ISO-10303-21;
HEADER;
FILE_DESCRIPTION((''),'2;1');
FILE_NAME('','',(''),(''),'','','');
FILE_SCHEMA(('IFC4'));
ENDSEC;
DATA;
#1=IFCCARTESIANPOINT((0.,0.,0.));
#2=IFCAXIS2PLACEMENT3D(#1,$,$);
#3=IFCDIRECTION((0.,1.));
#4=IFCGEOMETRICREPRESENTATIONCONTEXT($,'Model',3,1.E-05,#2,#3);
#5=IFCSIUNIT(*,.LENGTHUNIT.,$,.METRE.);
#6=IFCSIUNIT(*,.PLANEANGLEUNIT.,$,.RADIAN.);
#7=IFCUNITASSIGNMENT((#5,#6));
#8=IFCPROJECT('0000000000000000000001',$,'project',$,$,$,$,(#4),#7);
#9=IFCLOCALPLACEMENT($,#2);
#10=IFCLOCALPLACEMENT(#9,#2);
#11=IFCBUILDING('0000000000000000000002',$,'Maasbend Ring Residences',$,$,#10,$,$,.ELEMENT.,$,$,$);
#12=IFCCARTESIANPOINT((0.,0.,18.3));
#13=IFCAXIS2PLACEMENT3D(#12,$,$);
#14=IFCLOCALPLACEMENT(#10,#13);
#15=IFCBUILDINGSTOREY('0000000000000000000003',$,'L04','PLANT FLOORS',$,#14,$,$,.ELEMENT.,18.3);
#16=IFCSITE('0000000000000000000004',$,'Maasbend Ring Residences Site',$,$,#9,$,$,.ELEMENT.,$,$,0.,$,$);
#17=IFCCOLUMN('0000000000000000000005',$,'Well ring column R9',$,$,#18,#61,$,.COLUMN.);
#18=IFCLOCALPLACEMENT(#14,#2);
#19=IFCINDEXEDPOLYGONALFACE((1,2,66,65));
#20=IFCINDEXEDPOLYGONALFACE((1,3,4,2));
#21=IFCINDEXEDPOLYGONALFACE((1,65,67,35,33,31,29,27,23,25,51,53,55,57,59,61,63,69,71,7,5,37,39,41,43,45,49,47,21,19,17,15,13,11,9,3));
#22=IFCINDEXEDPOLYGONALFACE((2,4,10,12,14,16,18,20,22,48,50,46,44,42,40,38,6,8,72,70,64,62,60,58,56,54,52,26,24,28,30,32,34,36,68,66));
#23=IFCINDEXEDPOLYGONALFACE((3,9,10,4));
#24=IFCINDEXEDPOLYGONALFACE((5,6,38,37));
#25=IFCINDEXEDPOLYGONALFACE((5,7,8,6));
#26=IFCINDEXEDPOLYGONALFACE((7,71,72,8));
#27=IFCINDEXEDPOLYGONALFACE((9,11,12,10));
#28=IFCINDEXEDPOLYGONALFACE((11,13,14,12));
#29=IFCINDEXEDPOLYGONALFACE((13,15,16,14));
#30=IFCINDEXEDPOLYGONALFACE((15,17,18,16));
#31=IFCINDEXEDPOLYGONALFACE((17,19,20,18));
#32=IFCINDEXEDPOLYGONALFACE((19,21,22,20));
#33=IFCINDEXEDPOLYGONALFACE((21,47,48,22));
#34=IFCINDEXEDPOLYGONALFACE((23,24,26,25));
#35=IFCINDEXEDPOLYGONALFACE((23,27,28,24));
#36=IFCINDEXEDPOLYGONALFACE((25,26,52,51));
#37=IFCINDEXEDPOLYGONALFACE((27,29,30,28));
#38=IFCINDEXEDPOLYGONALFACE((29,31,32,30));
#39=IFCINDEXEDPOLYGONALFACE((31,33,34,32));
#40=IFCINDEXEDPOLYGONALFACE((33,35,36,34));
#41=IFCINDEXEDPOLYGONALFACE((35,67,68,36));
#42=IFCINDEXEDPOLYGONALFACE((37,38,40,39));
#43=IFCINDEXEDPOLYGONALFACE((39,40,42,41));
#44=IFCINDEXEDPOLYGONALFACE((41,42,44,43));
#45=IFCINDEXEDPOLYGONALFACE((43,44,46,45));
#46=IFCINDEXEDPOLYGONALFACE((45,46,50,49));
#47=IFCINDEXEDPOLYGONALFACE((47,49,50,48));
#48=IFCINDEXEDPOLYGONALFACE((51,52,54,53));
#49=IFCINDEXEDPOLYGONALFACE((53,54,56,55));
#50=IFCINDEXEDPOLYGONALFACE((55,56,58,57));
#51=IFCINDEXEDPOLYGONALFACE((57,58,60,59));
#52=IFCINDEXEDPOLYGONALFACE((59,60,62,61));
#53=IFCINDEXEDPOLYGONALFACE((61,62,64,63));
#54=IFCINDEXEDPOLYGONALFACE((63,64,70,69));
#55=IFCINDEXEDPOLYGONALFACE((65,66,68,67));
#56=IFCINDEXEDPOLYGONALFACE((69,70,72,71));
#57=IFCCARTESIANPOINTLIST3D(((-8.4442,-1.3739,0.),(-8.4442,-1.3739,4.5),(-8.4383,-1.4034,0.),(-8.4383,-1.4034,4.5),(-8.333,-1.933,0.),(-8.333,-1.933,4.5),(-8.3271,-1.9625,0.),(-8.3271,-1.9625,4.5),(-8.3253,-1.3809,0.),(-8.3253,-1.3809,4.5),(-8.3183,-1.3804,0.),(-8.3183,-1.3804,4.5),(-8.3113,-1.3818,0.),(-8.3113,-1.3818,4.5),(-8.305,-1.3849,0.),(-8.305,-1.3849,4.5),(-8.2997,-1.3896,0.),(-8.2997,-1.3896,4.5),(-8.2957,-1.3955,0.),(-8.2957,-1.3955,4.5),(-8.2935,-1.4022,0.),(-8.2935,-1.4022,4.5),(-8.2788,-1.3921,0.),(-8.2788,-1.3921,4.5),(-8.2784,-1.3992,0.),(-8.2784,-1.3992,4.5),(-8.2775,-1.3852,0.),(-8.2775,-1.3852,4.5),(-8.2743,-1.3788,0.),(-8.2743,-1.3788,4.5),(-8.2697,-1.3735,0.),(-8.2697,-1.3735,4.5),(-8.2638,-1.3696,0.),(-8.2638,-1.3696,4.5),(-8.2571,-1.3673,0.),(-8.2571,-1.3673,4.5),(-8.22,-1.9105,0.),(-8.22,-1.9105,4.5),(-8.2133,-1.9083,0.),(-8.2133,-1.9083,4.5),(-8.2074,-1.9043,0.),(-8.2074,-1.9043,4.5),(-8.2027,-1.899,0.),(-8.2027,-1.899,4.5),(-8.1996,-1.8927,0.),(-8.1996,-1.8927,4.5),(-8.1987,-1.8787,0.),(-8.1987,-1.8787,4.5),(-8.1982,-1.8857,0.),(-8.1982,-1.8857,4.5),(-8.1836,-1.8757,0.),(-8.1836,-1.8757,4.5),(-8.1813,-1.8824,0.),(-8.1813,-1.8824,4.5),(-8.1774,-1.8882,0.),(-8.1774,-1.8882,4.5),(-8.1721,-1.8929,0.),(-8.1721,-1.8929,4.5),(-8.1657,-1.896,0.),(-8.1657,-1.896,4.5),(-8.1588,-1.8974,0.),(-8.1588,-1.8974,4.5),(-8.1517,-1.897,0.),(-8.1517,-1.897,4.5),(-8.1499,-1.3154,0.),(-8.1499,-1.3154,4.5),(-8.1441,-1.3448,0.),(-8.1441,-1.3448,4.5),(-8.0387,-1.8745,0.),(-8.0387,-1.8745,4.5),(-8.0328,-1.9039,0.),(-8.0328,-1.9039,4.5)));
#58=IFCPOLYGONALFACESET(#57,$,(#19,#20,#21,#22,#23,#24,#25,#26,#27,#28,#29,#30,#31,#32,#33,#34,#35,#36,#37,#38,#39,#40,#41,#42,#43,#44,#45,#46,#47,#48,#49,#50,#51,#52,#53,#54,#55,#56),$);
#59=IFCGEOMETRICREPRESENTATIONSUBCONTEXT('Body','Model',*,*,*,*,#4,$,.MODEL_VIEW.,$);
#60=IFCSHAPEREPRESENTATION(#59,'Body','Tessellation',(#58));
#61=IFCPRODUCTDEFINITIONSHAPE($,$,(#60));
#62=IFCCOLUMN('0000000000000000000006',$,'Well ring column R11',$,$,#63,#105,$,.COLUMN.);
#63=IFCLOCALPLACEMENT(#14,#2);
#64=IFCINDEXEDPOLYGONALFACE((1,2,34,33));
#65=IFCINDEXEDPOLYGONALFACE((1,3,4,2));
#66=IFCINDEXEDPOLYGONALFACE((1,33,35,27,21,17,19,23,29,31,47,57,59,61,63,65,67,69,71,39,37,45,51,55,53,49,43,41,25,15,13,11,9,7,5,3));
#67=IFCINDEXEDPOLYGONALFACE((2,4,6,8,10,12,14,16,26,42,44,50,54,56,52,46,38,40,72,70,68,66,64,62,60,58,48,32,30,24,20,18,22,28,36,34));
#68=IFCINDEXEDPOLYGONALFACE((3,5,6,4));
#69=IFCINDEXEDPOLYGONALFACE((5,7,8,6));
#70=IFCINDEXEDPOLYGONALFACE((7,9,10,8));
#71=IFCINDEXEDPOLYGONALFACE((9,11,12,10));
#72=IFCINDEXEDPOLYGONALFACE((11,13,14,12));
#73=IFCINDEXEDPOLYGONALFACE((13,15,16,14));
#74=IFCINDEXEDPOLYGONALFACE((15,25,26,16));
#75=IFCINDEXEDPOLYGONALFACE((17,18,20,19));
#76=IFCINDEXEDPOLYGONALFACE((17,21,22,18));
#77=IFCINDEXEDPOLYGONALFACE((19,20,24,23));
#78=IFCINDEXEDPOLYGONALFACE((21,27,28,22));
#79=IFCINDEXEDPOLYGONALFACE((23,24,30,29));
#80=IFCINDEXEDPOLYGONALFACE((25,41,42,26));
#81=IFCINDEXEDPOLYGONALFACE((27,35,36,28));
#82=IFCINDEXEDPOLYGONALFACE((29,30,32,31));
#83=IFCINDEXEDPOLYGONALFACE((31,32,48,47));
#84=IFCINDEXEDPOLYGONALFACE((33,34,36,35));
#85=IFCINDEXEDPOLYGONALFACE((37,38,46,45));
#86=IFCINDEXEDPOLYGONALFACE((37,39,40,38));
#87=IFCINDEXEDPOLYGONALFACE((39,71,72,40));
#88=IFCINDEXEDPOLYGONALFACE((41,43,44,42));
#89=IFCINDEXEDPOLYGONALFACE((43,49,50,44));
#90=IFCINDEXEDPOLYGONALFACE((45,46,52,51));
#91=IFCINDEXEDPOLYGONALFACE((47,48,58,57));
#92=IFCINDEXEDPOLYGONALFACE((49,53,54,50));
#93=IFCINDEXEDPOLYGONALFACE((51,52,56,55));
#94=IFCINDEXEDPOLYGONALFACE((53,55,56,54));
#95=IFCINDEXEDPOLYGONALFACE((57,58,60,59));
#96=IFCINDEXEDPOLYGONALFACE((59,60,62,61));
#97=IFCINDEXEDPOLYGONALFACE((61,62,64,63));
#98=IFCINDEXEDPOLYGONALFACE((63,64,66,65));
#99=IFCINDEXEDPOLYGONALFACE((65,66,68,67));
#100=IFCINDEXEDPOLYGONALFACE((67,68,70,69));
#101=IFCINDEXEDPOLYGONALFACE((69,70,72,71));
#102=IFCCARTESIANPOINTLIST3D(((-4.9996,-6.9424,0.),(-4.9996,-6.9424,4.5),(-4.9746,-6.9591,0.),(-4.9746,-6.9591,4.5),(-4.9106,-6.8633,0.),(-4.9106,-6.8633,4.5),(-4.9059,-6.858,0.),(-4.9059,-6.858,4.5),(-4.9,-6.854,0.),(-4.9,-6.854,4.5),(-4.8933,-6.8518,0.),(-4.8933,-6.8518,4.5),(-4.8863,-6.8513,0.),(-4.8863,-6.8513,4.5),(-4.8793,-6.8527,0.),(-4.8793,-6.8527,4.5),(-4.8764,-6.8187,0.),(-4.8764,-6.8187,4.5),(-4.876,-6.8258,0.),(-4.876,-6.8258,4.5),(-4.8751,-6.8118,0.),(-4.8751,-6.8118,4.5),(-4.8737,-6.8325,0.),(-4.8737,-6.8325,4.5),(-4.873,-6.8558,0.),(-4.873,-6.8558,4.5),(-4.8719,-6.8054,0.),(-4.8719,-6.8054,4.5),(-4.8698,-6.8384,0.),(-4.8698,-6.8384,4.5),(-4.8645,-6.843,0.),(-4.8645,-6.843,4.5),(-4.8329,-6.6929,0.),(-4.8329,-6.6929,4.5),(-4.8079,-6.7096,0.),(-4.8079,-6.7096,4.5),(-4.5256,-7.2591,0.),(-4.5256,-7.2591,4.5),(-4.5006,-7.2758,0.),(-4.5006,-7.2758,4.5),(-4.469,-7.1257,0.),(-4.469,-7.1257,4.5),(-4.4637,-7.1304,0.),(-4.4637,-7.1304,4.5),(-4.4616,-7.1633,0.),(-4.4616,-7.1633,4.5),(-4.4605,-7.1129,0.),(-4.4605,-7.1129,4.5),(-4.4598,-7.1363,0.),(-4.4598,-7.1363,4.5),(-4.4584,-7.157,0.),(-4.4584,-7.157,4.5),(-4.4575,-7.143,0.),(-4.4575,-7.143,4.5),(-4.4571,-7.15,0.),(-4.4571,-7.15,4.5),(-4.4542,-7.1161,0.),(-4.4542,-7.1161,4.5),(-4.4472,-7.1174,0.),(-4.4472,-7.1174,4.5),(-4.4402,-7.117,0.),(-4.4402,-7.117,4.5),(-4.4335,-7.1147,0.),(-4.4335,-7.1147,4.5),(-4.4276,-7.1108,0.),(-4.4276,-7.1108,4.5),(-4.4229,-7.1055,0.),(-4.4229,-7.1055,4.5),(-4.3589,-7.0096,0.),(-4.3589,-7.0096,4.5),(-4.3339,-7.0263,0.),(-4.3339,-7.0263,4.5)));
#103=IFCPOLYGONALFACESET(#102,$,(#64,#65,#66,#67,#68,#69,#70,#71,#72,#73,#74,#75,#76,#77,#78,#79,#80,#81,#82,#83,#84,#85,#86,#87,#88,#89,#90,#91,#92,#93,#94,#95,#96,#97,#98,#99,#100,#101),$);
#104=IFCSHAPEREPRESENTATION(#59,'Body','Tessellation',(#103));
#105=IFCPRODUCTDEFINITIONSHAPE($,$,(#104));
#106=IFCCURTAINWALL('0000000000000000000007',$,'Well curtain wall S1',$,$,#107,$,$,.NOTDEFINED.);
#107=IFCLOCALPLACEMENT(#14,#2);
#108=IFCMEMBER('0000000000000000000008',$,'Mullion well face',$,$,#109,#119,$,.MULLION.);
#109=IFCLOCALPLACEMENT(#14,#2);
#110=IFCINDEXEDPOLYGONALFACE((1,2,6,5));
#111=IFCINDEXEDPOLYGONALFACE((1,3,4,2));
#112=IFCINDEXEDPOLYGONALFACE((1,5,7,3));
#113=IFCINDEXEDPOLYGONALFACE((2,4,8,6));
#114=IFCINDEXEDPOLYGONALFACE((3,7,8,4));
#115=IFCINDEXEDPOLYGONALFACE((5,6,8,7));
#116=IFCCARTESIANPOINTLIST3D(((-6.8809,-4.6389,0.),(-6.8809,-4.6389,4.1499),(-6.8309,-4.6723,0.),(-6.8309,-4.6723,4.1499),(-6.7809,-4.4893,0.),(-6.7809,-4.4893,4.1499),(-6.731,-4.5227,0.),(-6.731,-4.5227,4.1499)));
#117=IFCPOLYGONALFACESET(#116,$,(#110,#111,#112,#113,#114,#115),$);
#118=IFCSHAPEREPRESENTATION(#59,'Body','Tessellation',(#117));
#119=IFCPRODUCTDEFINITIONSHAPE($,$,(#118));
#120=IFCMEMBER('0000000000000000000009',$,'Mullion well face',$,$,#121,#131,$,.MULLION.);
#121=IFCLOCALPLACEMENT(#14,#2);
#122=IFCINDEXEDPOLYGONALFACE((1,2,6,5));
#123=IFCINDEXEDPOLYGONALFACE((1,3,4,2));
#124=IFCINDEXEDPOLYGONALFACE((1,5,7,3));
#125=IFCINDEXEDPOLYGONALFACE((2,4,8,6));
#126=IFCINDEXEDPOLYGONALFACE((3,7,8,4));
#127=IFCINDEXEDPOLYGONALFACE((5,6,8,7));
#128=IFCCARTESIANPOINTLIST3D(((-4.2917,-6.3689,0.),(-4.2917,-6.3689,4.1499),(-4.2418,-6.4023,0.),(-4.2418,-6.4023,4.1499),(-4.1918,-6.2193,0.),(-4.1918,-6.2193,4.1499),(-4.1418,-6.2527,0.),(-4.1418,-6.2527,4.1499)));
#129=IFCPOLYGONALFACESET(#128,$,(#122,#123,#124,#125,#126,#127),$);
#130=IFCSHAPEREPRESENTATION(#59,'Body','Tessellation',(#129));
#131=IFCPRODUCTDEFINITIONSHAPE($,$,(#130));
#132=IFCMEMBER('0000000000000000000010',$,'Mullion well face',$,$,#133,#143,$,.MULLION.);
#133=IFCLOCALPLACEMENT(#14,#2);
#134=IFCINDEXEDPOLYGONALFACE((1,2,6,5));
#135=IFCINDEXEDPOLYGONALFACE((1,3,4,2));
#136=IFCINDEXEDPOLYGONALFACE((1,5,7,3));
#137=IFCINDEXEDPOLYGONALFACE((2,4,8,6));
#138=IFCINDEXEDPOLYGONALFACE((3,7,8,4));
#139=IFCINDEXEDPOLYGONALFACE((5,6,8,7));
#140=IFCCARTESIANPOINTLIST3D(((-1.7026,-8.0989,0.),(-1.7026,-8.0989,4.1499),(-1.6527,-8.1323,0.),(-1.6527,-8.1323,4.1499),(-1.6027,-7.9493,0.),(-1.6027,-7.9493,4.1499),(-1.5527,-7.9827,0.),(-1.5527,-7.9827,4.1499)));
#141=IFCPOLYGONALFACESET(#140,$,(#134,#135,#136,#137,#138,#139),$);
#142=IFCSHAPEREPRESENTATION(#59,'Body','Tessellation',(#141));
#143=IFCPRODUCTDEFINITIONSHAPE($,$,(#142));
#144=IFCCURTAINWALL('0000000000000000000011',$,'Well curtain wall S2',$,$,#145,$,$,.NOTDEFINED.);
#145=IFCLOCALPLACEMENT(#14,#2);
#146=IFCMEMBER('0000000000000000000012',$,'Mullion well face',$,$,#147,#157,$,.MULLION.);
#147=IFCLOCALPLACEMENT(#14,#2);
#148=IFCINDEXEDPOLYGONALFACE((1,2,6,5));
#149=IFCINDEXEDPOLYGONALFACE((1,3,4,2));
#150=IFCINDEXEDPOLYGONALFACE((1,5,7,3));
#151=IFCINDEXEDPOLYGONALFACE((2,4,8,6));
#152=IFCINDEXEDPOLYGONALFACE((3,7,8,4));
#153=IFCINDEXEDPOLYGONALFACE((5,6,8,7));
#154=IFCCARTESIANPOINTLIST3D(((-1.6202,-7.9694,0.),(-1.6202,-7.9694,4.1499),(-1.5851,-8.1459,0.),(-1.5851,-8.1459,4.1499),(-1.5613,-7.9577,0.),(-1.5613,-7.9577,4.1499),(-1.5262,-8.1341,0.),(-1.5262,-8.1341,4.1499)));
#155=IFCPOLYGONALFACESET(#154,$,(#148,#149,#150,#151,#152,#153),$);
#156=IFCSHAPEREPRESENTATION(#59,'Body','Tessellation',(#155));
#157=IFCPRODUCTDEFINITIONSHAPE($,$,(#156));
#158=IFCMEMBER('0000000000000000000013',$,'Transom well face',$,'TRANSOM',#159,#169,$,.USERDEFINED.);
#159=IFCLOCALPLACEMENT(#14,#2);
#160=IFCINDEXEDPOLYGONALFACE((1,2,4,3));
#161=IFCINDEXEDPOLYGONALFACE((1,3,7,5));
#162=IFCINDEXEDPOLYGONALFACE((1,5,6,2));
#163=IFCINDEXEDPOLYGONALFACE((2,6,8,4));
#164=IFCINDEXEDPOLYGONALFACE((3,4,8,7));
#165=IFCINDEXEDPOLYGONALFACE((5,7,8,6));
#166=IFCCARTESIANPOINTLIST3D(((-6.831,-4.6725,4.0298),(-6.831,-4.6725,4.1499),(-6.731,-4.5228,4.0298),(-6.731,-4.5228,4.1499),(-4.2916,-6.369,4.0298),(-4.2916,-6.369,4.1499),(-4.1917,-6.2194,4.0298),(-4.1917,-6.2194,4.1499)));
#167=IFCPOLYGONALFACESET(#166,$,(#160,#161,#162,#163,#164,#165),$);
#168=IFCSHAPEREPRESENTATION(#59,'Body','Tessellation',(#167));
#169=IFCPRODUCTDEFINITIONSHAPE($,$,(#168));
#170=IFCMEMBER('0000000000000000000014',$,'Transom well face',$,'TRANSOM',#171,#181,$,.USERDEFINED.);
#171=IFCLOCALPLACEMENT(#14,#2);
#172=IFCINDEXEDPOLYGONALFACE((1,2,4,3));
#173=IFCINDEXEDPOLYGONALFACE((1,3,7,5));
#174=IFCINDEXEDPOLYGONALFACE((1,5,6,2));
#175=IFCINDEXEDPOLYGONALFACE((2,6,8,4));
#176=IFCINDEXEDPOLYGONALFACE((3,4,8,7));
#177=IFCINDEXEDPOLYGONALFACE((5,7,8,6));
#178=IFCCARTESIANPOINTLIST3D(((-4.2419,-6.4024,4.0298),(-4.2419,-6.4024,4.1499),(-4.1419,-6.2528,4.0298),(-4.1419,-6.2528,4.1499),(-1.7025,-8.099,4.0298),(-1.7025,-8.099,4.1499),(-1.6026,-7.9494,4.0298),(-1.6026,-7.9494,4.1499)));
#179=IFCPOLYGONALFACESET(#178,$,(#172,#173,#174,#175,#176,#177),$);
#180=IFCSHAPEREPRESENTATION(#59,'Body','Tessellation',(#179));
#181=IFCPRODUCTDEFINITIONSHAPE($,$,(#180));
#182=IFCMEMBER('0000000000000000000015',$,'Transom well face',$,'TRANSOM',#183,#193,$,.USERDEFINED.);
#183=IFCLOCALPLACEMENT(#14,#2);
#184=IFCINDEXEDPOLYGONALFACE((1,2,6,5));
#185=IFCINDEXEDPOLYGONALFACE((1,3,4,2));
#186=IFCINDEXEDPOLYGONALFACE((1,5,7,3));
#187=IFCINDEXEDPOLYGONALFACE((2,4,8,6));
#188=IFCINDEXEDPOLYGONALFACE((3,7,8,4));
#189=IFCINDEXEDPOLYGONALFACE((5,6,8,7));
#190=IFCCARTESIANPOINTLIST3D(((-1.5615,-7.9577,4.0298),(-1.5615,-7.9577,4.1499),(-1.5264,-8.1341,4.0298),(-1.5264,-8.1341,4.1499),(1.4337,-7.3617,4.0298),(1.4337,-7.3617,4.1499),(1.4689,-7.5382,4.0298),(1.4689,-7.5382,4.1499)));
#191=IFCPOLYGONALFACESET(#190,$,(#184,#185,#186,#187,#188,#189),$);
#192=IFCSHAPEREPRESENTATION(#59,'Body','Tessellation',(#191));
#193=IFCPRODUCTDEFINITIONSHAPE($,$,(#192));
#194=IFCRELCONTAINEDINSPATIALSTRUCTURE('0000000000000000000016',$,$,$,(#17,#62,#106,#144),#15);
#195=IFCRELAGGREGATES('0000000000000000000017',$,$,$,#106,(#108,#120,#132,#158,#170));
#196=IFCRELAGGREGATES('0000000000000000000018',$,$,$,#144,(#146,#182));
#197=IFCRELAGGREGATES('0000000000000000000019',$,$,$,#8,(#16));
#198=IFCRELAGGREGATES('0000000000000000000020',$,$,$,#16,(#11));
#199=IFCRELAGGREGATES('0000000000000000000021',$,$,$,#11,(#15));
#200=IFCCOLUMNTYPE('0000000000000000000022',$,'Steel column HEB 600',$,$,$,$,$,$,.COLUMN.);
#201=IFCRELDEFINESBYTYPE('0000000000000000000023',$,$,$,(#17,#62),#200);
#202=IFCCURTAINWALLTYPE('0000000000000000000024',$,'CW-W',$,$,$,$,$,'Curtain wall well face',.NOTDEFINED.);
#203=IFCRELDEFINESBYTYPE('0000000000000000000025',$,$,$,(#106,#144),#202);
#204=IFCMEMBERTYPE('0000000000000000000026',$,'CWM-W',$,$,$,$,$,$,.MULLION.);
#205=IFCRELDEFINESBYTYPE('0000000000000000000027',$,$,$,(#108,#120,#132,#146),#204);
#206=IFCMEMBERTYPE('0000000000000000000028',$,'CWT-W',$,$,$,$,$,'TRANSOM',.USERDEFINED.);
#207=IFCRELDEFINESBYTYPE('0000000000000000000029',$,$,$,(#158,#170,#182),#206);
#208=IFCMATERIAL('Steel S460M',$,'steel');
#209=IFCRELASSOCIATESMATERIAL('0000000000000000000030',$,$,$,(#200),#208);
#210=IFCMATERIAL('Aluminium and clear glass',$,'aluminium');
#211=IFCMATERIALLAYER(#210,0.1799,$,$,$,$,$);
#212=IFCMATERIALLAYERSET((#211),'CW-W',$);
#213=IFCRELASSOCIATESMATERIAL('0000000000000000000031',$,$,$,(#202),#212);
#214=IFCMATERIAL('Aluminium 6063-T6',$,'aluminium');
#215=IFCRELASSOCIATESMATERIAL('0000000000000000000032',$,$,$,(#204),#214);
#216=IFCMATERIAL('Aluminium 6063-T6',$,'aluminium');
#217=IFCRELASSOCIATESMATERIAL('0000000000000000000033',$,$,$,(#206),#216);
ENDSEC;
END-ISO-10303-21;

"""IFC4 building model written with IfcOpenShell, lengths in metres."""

from ifc_helpers import new_model, si_unit, direction, frame, origin, origin_2d, place, context, subcontext, project, spatial, rectangle, i_section, extrude, material, layer, layer_set, material_profile, profile_set, type_object, element, aggregate, save


model = new_model("IFC4")

# Units and contexts
model_context = context("Model", 3, precision=1e-05, world=origin(), true_north=direction((0.0, 1.0)))
body_context = subcontext(model_context, "Body", "Model", "MODEL_VIEW")
ifc_project = project(units=[si_unit("LENGTHUNIT", "METRE"), si_unit("PLANEANGLEUNIT", "RADIAN")], contexts=[model_context])

# Site, building, storey
site_placement = place(None, origin())
site = spatial("IfcSite", under=ifc_project, at=site_placement, Name="Maasbend Ring Residences Site", CompositionType="ELEMENT", RefElevation=0.0)
building_placement = place(site_placement, origin())
building = spatial("IfcBuilding", under=site, at=building_placement, Name="Maasbend Ring Residences", CompositionType="ELEMENT")
storey_placement = place(building_placement, frame((0.0, 0.0, 18.3)))
storey = spatial("IfcBuildingStorey", under=building, at=storey_placement, Name="L04", Description="PLANT FLOORS", CompositionType="ELEMENT", Elevation=18.3)

# Columns
ifc_material_1 = material(Name="Steel S460M", Category="steel")
ifc_material_profile_1 = material_profile(ifc_material_1, i_section(OverallWidth=0.3, OverallDepth=0.6001, WebThickness=0.0154, FlangeThickness=0.03, FilletRadius=0.0271, at=origin_2d()), Name="HEB 600")
ifc_profile_set_1 = profile_set([ifc_material_profile_1], Name="Steel S460M")
column_type = type_object("IfcColumnType", Name="Steel column HEB 600", PredefinedType="COLUMN", material=ifc_profile_set_1)
for number, where, z_axis, x_axis, name in (
    (1, (-8.2385, -1.6389, 0.0), (0.0, 0.0, 1.0), (-0.980785, -0.19509, 0.0), "Well ring column R9"),
    (2, (-4.6667, -6.9844, 0.0), (0.0, 0.0, 1.0), (-0.55557, -0.83147, 0.0), "Well ring column R11"),
):
    element("IfcColumn", number, at=place(storey_placement, frame(where, z_axis=z_axis, x_axis=x_axis)), inside=storey, type_object=column_type, Name=name, PredefinedType="COLUMN", context=body_context, shape_type="SweptSolid", body=[
        extrude(i_section(OverallWidth=0.3, OverallDepth=0.6001, WebThickness=0.0154, FlangeThickness=0.03, FilletRadius=0.0271, at=origin_2d()), origin(), (0.0, 0.0, 1.0), 4.5),
    ])

# Curtain wall, members
ifc_material_2 = material(Name="Aluminium and clear glass", Category="aluminium")
ifc_layer_1 = layer(ifc_material_2, 0.1799)
ifc_layer_set_1 = layer_set([ifc_layer_1], Name="CW-W")
curtain_wall_type = type_object("IfcCurtainWallType", Name="CW-W", ElementType="Curtain wall well face", PredefinedType="NOTDEFINED", material=ifc_layer_set_1)
curtain_wall_1_placement = place(storey_placement, origin())
curtain_wall_1 = element("IfcCurtainWall", 3, at=curtain_wall_1_placement, inside=storey, type_object=curtain_wall_type, Name="Well curtain wall S1", PredefinedType="NOTDEFINED")
ifc_material_3 = material(Name="Aluminium 6063-T6", Category="aluminium")
ifc_material_profile_2 = material_profile(ifc_material_3, rectangle(XDim=0.1799, YDim=0.0601, at=origin_2d()), Name="AL 180x60")
ifc_profile_set_2 = profile_set([ifc_material_profile_2], Name="Aluminium 6063-T6")
member_type_1 = type_object("IfcMemberType", Name="CWM-W", PredefinedType="MULLION", material=ifc_profile_set_2)
member_1_placement = place(storey_placement, frame((-6.8059, -4.5808, 0.0), z_axis=(0.0, 0.0, 1.0), x_axis=(0.55557, 0.83147, 0.0)))
member_1 = element("IfcMember", 4, at=member_1_placement, type_object=member_type_1, Name="Mullion well face", PredefinedType="MULLION", context=body_context, shape_type="SweptSolid", body=[
    extrude(rectangle(XDim=0.1799, YDim=0.0601, at=origin_2d()), origin(), (0.0, 0.0, 1.0), 4.1499),
])
member_2_placement = place(storey_placement, frame((-4.2168, -6.3108, 0.0), z_axis=(0.0, 0.0, 1.0), x_axis=(0.55557, 0.83147, 0.0)))
member_2 = element("IfcMember", 5, at=member_2_placement, type_object=member_type_1, Name="Mullion well face", PredefinedType="MULLION", context=body_context, shape_type="SweptSolid", body=[
    extrude(rectangle(XDim=0.1799, YDim=0.0601, at=origin_2d()), origin(), (0.0, 0.0, 1.0), 4.1499),
])
member_3_placement = place(storey_placement, frame((-1.6277, -8.0408, 0.0), z_axis=(0.0, 0.0, 1.0), x_axis=(0.55557, 0.83147, 0.0)))
member_3 = element("IfcMember", 6, at=member_3_placement, type_object=member_type_1, Name="Mullion well face", PredefinedType="MULLION", context=body_context, shape_type="SweptSolid", body=[
    extrude(rectangle(XDim=0.1799, YDim=0.0601, at=origin_2d()), origin(), (0.0, 0.0, 1.0), 4.1499),
])

# Curtain wall, member
curtain_wall_2_placement = place(storey_placement, origin())
curtain_wall_2 = element("IfcCurtainWall", 7, at=curtain_wall_2_placement, inside=storey, type_object=curtain_wall_type, Name="Well curtain wall S2", PredefinedType="NOTDEFINED")
member_4_placement = place(storey_placement, frame((-1.5732, -8.0518, 0.0), z_axis=(0.0, 0.0, 1.0), x_axis=(-0.19509, 0.980785, 0.0)))
member_4 = element("IfcMember", 8, at=member_4_placement, type_object=member_type_1, Name="Mullion well face", PredefinedType="MULLION", context=body_context, shape_type="SweptSolid", body=[
    extrude(rectangle(XDim=0.1799, YDim=0.0601, at=origin_2d()), origin(), (0.0, 0.0, 1.0), 4.1499),
])

# Members
ifc_material_4 = material(Name="Aluminium 6063-T6", Category="aluminium")
ifc_material_profile_3 = material_profile(ifc_material_4, rectangle(XDim=0.1799, YDim=0.1201, at=origin_2d()), Name="AL 180x120")
ifc_profile_set_3 = profile_set([ifc_material_profile_3], Name="Aluminium 6063-T6")
member_type_2 = type_object("IfcMemberType", Name="CWT-W", ElementType="TRANSOM", PredefinedType="USERDEFINED", material=ifc_profile_set_3)
member_5_placement = place(storey_placement, frame((-6.781, -4.5977, 4.0898), z_axis=(0.831496, -0.55553, 0.0), x_axis=(0.55553, 0.831496, 0.0)))
member_5 = element("IfcMember", 9, at=member_5_placement, type_object=member_type_2, Name="Transom well face", ObjectType="TRANSOM", PredefinedType="USERDEFINED", context=body_context, shape_type="SweptSolid", body=[
    extrude(rectangle(XDim=0.1799, YDim=0.1201, at=origin_2d()), origin(), (0.0, 0.0, 1.0), 3.054),
])
member_6_placement = place(storey_placement, frame((-4.1919, -6.3276, 4.0898), z_axis=(0.831496, -0.55553, 0.0), x_axis=(0.55553, 0.831496, 0.0)))
member_6 = element("IfcMember", 10, at=member_6_placement, type_object=member_type_2, Name="Transom well face", ObjectType="TRANSOM", PredefinedType="USERDEFINED", context=body_context, shape_type="SweptSolid", body=[
    extrude(rectangle(XDim=0.1799, YDim=0.1201, at=origin_2d()), origin(), (0.0, 0.0, 1.0), 3.054),
])
member_7_placement = place(storey_placement, frame((-1.5439, -8.0459, 4.0898), z_axis=(0.980777, 0.195132, 0.0), x_axis=(-0.195132, 0.980777, 0.0)))
member_7 = element("IfcMember", 11, at=member_7_placement, type_object=member_type_2, Name="Transom well face", ObjectType="TRANSOM", PredefinedType="USERDEFINED", context=body_context, shape_type="SweptSolid", body=[
    extrude(rectangle(XDim=0.1799, YDim=0.1201, at=origin_2d()), origin(), (0.0, 0.0, 1.0), 3.054),
])

aggregate(curtain_wall_1, [member_1, member_2, member_3, member_5, member_6])
aggregate(curtain_wall_2, [member_4, member_7])

save(model, "model.ifc")
